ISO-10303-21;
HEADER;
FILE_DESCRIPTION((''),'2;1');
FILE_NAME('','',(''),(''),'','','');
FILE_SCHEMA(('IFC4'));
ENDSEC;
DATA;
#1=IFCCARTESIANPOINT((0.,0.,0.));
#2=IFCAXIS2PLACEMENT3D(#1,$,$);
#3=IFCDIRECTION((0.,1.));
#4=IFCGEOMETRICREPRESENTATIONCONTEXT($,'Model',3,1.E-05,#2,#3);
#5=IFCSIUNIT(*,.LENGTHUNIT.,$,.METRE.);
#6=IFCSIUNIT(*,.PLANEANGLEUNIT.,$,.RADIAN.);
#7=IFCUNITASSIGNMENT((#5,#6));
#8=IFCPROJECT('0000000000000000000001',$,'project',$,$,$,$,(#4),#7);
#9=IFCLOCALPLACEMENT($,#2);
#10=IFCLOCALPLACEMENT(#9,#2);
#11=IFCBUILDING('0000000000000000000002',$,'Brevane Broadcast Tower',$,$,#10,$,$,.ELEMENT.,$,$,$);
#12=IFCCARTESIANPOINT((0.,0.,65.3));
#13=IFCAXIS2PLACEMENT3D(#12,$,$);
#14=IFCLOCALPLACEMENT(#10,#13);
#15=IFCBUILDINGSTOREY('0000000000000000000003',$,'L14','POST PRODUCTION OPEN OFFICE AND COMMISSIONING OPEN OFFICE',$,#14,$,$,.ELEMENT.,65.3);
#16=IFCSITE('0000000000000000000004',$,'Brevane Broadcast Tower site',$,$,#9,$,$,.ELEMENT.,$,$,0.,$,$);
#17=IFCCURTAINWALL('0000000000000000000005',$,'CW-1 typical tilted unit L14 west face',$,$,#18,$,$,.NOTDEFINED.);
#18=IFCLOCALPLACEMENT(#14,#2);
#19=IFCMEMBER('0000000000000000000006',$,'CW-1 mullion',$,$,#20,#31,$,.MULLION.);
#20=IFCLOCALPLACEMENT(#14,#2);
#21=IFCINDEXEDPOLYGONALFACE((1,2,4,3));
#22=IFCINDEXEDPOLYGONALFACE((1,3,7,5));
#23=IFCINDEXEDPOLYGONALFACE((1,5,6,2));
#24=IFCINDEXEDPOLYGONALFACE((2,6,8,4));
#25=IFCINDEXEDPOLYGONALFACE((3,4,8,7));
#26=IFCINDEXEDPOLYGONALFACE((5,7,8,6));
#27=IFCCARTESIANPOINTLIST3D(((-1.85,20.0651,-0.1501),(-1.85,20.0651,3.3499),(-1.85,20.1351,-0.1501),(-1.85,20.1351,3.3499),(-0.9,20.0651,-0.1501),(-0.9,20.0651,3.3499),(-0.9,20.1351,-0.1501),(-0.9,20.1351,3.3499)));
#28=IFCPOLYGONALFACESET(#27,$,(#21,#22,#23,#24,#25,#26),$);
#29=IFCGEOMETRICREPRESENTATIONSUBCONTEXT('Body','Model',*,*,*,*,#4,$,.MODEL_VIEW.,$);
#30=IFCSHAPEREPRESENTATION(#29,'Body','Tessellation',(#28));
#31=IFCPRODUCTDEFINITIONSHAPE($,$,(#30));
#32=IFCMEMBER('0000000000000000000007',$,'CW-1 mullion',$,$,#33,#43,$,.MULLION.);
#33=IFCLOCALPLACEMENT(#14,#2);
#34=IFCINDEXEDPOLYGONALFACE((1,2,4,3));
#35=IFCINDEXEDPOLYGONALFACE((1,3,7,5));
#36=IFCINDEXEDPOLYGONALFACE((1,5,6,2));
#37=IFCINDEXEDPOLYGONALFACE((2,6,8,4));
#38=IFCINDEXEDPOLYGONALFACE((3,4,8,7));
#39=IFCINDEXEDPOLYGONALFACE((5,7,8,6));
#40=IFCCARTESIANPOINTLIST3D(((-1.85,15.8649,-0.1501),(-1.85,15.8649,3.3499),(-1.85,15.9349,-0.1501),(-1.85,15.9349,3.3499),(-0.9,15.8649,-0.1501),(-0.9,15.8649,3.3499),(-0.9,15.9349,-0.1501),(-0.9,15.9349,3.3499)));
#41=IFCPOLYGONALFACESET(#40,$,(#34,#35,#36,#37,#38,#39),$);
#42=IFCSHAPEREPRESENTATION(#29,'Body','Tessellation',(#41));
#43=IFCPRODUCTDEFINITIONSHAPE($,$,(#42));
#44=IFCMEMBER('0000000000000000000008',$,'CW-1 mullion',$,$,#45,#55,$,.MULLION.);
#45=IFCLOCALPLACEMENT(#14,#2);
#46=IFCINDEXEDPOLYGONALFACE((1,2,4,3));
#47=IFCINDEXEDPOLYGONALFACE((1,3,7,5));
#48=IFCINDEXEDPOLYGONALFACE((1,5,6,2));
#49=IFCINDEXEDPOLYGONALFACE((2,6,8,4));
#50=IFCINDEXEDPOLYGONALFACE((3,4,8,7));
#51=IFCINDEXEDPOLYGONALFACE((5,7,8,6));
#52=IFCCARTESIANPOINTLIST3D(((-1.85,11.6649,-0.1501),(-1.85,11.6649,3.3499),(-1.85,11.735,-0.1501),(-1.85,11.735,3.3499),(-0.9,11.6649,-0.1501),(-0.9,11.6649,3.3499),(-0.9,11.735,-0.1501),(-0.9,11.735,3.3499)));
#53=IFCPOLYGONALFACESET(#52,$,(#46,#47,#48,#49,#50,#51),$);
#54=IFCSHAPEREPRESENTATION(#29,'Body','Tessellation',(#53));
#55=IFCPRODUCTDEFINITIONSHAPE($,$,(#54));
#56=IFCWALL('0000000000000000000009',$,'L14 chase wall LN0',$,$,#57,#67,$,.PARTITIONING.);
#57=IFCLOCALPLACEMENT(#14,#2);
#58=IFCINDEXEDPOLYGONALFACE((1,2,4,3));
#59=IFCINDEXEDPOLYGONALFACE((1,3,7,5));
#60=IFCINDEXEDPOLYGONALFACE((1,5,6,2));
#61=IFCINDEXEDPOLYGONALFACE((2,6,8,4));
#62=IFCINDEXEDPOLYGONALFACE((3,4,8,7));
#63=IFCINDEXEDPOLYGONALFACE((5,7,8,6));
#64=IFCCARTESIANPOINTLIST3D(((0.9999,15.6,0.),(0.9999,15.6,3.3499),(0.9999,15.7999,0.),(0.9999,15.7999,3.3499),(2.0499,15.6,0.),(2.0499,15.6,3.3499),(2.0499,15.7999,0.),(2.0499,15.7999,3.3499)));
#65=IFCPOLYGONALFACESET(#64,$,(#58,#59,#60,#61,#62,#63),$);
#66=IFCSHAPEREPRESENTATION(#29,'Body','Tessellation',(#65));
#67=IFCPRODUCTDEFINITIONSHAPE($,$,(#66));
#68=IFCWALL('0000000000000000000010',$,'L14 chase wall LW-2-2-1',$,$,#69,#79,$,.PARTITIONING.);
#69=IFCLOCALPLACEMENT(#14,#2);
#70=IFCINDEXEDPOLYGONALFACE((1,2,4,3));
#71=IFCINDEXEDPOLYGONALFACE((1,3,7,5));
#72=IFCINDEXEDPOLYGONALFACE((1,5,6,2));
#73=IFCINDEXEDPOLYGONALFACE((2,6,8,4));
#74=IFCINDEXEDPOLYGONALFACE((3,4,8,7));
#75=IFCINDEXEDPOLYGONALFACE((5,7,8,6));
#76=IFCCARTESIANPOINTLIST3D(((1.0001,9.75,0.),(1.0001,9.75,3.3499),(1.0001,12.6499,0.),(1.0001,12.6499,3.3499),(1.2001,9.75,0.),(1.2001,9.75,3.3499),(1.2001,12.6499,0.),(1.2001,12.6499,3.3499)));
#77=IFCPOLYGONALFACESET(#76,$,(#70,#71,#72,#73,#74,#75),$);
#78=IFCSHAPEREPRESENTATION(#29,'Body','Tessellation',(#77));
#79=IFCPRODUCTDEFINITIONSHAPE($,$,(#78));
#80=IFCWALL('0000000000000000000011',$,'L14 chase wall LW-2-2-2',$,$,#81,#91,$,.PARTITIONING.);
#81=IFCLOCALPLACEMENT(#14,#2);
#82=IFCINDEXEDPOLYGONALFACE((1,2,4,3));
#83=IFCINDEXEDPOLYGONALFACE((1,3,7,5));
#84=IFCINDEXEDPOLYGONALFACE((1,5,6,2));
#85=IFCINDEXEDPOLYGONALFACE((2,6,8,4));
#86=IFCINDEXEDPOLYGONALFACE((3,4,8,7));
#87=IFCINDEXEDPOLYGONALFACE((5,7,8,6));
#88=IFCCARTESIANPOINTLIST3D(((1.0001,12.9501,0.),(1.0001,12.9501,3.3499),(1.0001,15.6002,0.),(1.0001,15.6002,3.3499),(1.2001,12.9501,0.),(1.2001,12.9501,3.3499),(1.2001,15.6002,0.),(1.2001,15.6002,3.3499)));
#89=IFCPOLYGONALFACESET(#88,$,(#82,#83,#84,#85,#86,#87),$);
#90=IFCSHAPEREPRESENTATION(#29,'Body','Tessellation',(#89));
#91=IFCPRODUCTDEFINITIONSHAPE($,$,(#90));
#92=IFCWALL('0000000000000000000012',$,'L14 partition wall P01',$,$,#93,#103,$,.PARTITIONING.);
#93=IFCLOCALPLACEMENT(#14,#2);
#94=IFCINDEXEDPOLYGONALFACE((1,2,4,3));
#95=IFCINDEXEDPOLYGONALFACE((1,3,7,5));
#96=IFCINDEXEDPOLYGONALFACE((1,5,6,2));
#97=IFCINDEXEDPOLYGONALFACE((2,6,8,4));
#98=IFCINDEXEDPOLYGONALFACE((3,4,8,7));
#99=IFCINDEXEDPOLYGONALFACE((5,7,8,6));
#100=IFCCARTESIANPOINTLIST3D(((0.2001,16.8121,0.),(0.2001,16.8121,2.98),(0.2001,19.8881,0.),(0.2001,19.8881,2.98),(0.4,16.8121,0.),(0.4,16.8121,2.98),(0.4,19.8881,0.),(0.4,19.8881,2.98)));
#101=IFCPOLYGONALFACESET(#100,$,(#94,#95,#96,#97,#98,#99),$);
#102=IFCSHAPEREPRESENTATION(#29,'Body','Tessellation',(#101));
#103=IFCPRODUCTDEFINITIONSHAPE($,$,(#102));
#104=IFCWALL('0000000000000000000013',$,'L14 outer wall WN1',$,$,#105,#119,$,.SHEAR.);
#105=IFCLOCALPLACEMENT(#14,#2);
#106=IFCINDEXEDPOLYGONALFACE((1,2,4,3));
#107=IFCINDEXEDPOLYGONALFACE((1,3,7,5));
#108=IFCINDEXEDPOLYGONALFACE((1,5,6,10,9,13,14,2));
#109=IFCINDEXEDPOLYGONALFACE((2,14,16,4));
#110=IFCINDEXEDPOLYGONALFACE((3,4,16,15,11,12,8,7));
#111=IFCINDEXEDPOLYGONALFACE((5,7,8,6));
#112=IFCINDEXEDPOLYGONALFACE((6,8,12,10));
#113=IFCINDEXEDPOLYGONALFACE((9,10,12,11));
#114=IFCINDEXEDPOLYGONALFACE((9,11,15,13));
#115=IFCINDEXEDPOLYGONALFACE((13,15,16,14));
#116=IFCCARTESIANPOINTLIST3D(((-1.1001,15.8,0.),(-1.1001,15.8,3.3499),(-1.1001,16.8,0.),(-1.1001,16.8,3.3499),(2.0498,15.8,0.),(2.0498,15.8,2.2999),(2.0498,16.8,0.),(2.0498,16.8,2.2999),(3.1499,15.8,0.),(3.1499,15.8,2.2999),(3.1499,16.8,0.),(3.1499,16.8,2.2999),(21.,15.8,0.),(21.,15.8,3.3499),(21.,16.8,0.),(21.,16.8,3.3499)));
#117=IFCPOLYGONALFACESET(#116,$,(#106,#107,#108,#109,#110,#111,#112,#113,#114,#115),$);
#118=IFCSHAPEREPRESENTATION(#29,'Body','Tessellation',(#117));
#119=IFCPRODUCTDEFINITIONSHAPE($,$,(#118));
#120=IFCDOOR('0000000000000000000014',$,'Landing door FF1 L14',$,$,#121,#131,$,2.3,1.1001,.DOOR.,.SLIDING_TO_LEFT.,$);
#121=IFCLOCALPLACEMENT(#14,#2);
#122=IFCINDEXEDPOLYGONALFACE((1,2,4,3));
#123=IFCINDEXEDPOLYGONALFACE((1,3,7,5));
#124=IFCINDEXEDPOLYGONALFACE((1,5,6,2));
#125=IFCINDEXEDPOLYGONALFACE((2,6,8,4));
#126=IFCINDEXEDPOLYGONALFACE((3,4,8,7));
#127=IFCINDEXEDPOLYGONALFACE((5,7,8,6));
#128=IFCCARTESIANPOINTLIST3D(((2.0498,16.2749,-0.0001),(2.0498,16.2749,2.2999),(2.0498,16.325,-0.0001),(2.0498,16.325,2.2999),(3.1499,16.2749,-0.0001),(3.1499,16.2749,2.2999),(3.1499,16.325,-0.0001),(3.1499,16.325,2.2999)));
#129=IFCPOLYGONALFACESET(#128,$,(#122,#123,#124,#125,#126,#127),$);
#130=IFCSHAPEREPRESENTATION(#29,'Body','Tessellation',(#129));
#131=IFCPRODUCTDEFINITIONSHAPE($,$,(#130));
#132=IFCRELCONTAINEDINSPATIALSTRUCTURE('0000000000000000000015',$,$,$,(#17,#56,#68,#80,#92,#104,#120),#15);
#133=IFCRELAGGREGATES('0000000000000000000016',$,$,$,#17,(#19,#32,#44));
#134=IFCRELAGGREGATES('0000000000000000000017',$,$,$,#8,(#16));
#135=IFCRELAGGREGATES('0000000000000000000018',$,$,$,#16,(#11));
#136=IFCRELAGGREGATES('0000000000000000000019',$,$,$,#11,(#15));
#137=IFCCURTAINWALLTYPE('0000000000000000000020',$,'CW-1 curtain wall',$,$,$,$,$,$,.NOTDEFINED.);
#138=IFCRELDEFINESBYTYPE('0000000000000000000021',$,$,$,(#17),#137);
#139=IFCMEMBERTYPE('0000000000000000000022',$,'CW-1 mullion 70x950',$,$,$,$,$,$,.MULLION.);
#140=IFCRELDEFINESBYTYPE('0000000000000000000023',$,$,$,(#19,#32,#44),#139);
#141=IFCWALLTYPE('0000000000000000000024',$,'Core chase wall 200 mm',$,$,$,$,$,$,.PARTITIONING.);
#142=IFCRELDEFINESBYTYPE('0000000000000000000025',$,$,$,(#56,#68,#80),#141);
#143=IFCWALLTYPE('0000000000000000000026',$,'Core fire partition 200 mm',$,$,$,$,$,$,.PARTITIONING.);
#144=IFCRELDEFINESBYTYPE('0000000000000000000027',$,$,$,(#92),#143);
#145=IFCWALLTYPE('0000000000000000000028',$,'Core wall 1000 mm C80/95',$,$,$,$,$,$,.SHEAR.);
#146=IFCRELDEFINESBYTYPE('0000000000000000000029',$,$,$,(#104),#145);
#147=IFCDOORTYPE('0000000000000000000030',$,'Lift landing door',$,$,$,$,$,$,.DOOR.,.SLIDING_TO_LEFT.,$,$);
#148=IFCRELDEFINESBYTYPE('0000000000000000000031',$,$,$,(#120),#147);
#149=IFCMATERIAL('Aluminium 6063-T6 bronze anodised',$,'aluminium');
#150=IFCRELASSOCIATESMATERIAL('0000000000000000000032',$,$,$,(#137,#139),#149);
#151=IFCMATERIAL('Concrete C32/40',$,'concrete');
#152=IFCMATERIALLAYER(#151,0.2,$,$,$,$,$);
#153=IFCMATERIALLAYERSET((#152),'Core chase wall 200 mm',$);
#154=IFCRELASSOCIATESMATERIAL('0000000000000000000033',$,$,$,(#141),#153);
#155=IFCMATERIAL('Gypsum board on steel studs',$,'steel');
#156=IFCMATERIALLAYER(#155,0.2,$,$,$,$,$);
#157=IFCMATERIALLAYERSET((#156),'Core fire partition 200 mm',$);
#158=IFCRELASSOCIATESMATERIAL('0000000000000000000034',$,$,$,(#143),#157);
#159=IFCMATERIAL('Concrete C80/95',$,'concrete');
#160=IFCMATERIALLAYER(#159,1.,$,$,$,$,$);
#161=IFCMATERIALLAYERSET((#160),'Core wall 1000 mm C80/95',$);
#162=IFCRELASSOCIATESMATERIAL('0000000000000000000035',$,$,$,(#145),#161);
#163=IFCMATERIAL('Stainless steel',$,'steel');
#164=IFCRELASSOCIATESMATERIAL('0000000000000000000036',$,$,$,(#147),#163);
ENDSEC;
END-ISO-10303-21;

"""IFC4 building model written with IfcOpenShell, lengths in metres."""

from ifc_helpers import new_model, si_unit, direction, frame, frame_2d, origin, origin_2d, place, context, subcontext, project, spatial, rectangle, extrude, material, layer, layer_set, material_profile, profile_set, type_object, element, fill, aggregate, save


model = new_model("IFC4")

# Units and contexts
model_context = context("Model", 3, precision=1e-05, world=origin(), true_north=direction((0.0, 1.0)))
body_context = subcontext(model_context, "Body", "Model", "MODEL_VIEW")
ifc_project = project(units=[si_unit("LENGTHUNIT", "METRE"), si_unit("PLANEANGLEUNIT", "RADIAN")], contexts=[model_context])

# Site, building, storey
site_placement = place(None, origin())
site = spatial("IfcSite", under=ifc_project, at=site_placement, Name="Brevane Broadcast Tower site", CompositionType="ELEMENT", RefElevation=0.0)
building_placement = place(site_placement, origin())
building = spatial("IfcBuilding", under=site, at=building_placement, Name="Brevane Broadcast Tower", CompositionType="ELEMENT")
storey_placement = place(building_placement, frame((0.0, 0.0, 65.3)))
storey = spatial("IfcBuildingStorey", under=building, at=storey_placement, Name="L14", Description="POST PRODUCTION OPEN OFFICE AND COMMISSIONING OPEN OFFICE", CompositionType="ELEMENT", Elevation=65.3)

# Curtain wall, members
ifc_material_1 = material(Name="Aluminium 6063-T6 bronze anodised", Category="aluminium")
curtain_wall_type = type_object("IfcCurtainWallType", Name="CW-1 curtain wall", PredefinedType="NOTDEFINED", material=ifc_material_1)
curtain_wall_placement = place(storey_placement, origin())
curtain_wall = element("IfcCurtainWall", 1, at=curtain_wall_placement, inside=storey, type_object=curtain_wall_type, Name="CW-1 typical tilted unit L14 west face", PredefinedType="NOTDEFINED")
ifc_material_profile = material_profile(ifc_material_1, rectangle(XDim=0.95, YDim=0.0701, at=origin_2d()), Name="RECT 70x950")
ifc_profile_set = profile_set([ifc_material_profile], Name="Aluminium 6063-T6 bronze anodised")
member_type = type_object("IfcMemberType", Name="CW-1 mullion 70x950", PredefinedType="MULLION", material=ifc_profile_set)
member_1_placement = place(storey_placement, frame((-1.375, 20.1001, -0.1501), z_axis=(0.0, 0.0, 1.0), x_axis=(1.0, 0.0, 0.0)))
member_1 = element("IfcMember", 2, at=member_1_placement, type_object=member_type, Name="CW-1 mullion", PredefinedType="MULLION", context=body_context, shape_type="SweptSolid", body=[
    extrude(rectangle(XDim=0.95, YDim=0.0701, at=origin_2d()), origin(), (0.0, 0.0, 1.0), 3.5),
])
member_2_placement = place(storey_placement, frame((-1.375, 15.8999, -0.1501), z_axis=(0.0, 0.0, 1.0), x_axis=(1.0, 0.0, 0.0)))
member_2 = element("IfcMember", 3, at=member_2_placement, type_object=member_type, Name="CW-1 mullion", PredefinedType="MULLION", context=body_context, shape_type="SweptSolid", body=[
    extrude(rectangle(XDim=0.95, YDim=0.0701, at=origin_2d()), origin(), (0.0, 0.0, 1.0), 3.5),
])
member_3_placement = place(storey_placement, frame((-1.375, 11.7, -0.1501), z_axis=(0.0, 0.0, 1.0), x_axis=(1.0, 0.0, 0.0)))
member_3 = element("IfcMember", 4, at=member_3_placement, type_object=member_type, Name="CW-1 mullion", PredefinedType="MULLION", context=body_context, shape_type="SweptSolid", body=[
    extrude(rectangle(XDim=0.95, YDim=0.0701, at=origin_2d()), origin(), (0.0, 0.0, 1.0), 3.5),
])
aggregate(curtain_wall, [member_1, member_2, member_3])

# Walls
ifc_material_2 = material(Name="Concrete C32/40", Category="concrete")
ifc_layer_1 = layer(ifc_material_2, 0.2)
ifc_layer_set_1 = layer_set([ifc_layer_1], Name="Core chase wall 200 mm")
wall_type_1 = type_object("IfcWallType", Name="Core chase wall 200 mm", PredefinedType="PARTITIONING", material=ifc_layer_set_1)
wall_1_placement = place(storey_placement, frame((1.0, 15.7, 0.0), z_axis=(0.0, 0.0, 1.0), x_axis=(1.0, 0.0, 0.0)))
element("IfcWall", 5, at=wall_1_placement, inside=storey, type_object=wall_type_1, Name="L14 chase wall LN0", PredefinedType="PARTITIONING", context=body_context, shape_type="SweptSolid", body=[
    extrude(rectangle(XDim=1.05, YDim=0.2, at=frame_2d((0.5249, 0.0))), origin(), (0.0, 0.0, 1.0), 3.3499),
])
wall_2_placement = place(storey_placement, frame((1.1001, 9.75, 0.0), z_axis=(0.0, 0.0, 1.0), x_axis=(0.0, 1.0, 0.0)))
element("IfcWall", 6, at=wall_2_placement, inside=storey, type_object=wall_type_1, Name="L14 chase wall LW-2-2-1", PredefinedType="PARTITIONING", context=body_context, shape_type="SweptSolid", body=[
    extrude(rectangle(XDim=2.8999, YDim=0.2, at=frame_2d((1.45, 0.0))), origin(), (0.0, 0.0, 1.0), 3.3499),
])
wall_3_placement = place(storey_placement, frame((1.1001, 12.95, 0.0), z_axis=(0.0, 0.0, 1.0), x_axis=(0.0, 1.0, 0.0)))
element("IfcWall", 7, at=wall_3_placement, inside=storey, type_object=wall_type_1, Name="L14 chase wall LW-2-2-2", PredefinedType="PARTITIONING", context=body_context, shape_type="SweptSolid", body=[
    extrude(rectangle(XDim=2.6501, YDim=0.2, at=frame_2d((1.3252, 0.0))), origin(), (0.0, 0.0, 1.0), 3.3499),
])
ifc_material_3 = material(Name="Gypsum board on steel studs", Category="steel")
ifc_layer_2 = layer(ifc_material_3, 0.2)
ifc_layer_set_2 = layer_set([ifc_layer_2], Name="Core fire partition 200 mm")
wall_type_2 = type_object("IfcWallType", Name="Core fire partition 200 mm", PredefinedType="PARTITIONING", material=ifc_layer_set_2)
wall_4_placement = place(storey_placement, frame((0.3, 16.812, 0.0), z_axis=(0.0, 0.0, 1.0), x_axis=(0.0, 1.0, 0.0)))
element("IfcWall", 8, at=wall_4_placement, inside=storey, type_object=wall_type_2, Name="L14 partition wall P01", PredefinedType="PARTITIONING", context=body_context, shape_type="SweptSolid", body=[
    extrude(rectangle(XDim=3.0759, YDim=0.2, at=frame_2d((1.5381, 0.0))), origin(), (0.0, 0.0, 1.0), 2.98),
])

# Wall, opening, door
ifc_material_4 = material(Name="Concrete C80/95", Category="concrete")
ifc_layer_3 = layer(ifc_material_4, 1.0)
ifc_layer_set_3 = layer_set([ifc_layer_3], Name="Core wall 1000 mm C80/95")
wall_type_3 = type_object("IfcWallType", Name="Core wall 1000 mm C80/95", PredefinedType="SHEAR", material=ifc_layer_set_3)
wall_5_placement = place(storey_placement, frame((-1.1001, 16.3, 0.0), z_axis=(0.0, 0.0, 1.0), x_axis=(1.0, 0.0, 0.0)))
wall_5 = element("IfcWall", 9, at=wall_5_placement, inside=storey, type_object=wall_type_3, Name="L14 outer wall WN1", PredefinedType="SHEAR", context=body_context, shape_type="SweptSolid", body=[
    extrude(rectangle(XDim=22.1001, YDim=1.0, at=frame_2d((11.05, 0.0))), origin(), (0.0, 0.0, 1.0), 3.3499),
])
opening_1_placement = place(wall_5_placement, frame((3.1499, 0.0, 0.0)))
opening_1 = element("IfcOpeningElement", 10, at=opening_1_placement, cuts=wall_5, PredefinedType="OPENING", context=body_context, shape_type="SweptSolid", body=[
    extrude(rectangle(XDim=1.1001, YDim=2.3, at=frame_2d((0.55, 1.1499))), frame((0.0, 0.51, 0.0), z_axis=(0.0, -1.0, 0.0), x_axis=(1.0, 0.0, 0.0)), (0.0, 0.0, 1.0), 1.02),
])
ifc_material_5 = material(Name="Stainless steel", Category="steel")
door_type = type_object("IfcDoorType", Name="Lift landing door", OperationType="SLIDING_TO_LEFT", PredefinedType="DOOR", material=ifc_material_5)
door_1_placement = place(opening_1_placement, origin())
door_1 = element("IfcDoor", 11, at=door_1_placement, inside=storey, type_object=door_type, Name="Landing door FF1 L14", OperationType="SLIDING_TO_LEFT", OverallHeight=2.3, OverallWidth=1.1001, PredefinedType="DOOR", context=body_context, shape_type="SweptSolid", body=[
    extrude(rectangle(XDim=1.1001, YDim=2.3, at=frame_2d((0.55, 1.1499))), frame((0.0, 0.0249, 0.0), z_axis=(0.0, -1.0, 0.0), x_axis=(1.0, 0.0, 0.0)), (0.0, 0.0, 1.0), 0.05),
])
fill(opening_1, door_1)

save(model, "model.ifc")
